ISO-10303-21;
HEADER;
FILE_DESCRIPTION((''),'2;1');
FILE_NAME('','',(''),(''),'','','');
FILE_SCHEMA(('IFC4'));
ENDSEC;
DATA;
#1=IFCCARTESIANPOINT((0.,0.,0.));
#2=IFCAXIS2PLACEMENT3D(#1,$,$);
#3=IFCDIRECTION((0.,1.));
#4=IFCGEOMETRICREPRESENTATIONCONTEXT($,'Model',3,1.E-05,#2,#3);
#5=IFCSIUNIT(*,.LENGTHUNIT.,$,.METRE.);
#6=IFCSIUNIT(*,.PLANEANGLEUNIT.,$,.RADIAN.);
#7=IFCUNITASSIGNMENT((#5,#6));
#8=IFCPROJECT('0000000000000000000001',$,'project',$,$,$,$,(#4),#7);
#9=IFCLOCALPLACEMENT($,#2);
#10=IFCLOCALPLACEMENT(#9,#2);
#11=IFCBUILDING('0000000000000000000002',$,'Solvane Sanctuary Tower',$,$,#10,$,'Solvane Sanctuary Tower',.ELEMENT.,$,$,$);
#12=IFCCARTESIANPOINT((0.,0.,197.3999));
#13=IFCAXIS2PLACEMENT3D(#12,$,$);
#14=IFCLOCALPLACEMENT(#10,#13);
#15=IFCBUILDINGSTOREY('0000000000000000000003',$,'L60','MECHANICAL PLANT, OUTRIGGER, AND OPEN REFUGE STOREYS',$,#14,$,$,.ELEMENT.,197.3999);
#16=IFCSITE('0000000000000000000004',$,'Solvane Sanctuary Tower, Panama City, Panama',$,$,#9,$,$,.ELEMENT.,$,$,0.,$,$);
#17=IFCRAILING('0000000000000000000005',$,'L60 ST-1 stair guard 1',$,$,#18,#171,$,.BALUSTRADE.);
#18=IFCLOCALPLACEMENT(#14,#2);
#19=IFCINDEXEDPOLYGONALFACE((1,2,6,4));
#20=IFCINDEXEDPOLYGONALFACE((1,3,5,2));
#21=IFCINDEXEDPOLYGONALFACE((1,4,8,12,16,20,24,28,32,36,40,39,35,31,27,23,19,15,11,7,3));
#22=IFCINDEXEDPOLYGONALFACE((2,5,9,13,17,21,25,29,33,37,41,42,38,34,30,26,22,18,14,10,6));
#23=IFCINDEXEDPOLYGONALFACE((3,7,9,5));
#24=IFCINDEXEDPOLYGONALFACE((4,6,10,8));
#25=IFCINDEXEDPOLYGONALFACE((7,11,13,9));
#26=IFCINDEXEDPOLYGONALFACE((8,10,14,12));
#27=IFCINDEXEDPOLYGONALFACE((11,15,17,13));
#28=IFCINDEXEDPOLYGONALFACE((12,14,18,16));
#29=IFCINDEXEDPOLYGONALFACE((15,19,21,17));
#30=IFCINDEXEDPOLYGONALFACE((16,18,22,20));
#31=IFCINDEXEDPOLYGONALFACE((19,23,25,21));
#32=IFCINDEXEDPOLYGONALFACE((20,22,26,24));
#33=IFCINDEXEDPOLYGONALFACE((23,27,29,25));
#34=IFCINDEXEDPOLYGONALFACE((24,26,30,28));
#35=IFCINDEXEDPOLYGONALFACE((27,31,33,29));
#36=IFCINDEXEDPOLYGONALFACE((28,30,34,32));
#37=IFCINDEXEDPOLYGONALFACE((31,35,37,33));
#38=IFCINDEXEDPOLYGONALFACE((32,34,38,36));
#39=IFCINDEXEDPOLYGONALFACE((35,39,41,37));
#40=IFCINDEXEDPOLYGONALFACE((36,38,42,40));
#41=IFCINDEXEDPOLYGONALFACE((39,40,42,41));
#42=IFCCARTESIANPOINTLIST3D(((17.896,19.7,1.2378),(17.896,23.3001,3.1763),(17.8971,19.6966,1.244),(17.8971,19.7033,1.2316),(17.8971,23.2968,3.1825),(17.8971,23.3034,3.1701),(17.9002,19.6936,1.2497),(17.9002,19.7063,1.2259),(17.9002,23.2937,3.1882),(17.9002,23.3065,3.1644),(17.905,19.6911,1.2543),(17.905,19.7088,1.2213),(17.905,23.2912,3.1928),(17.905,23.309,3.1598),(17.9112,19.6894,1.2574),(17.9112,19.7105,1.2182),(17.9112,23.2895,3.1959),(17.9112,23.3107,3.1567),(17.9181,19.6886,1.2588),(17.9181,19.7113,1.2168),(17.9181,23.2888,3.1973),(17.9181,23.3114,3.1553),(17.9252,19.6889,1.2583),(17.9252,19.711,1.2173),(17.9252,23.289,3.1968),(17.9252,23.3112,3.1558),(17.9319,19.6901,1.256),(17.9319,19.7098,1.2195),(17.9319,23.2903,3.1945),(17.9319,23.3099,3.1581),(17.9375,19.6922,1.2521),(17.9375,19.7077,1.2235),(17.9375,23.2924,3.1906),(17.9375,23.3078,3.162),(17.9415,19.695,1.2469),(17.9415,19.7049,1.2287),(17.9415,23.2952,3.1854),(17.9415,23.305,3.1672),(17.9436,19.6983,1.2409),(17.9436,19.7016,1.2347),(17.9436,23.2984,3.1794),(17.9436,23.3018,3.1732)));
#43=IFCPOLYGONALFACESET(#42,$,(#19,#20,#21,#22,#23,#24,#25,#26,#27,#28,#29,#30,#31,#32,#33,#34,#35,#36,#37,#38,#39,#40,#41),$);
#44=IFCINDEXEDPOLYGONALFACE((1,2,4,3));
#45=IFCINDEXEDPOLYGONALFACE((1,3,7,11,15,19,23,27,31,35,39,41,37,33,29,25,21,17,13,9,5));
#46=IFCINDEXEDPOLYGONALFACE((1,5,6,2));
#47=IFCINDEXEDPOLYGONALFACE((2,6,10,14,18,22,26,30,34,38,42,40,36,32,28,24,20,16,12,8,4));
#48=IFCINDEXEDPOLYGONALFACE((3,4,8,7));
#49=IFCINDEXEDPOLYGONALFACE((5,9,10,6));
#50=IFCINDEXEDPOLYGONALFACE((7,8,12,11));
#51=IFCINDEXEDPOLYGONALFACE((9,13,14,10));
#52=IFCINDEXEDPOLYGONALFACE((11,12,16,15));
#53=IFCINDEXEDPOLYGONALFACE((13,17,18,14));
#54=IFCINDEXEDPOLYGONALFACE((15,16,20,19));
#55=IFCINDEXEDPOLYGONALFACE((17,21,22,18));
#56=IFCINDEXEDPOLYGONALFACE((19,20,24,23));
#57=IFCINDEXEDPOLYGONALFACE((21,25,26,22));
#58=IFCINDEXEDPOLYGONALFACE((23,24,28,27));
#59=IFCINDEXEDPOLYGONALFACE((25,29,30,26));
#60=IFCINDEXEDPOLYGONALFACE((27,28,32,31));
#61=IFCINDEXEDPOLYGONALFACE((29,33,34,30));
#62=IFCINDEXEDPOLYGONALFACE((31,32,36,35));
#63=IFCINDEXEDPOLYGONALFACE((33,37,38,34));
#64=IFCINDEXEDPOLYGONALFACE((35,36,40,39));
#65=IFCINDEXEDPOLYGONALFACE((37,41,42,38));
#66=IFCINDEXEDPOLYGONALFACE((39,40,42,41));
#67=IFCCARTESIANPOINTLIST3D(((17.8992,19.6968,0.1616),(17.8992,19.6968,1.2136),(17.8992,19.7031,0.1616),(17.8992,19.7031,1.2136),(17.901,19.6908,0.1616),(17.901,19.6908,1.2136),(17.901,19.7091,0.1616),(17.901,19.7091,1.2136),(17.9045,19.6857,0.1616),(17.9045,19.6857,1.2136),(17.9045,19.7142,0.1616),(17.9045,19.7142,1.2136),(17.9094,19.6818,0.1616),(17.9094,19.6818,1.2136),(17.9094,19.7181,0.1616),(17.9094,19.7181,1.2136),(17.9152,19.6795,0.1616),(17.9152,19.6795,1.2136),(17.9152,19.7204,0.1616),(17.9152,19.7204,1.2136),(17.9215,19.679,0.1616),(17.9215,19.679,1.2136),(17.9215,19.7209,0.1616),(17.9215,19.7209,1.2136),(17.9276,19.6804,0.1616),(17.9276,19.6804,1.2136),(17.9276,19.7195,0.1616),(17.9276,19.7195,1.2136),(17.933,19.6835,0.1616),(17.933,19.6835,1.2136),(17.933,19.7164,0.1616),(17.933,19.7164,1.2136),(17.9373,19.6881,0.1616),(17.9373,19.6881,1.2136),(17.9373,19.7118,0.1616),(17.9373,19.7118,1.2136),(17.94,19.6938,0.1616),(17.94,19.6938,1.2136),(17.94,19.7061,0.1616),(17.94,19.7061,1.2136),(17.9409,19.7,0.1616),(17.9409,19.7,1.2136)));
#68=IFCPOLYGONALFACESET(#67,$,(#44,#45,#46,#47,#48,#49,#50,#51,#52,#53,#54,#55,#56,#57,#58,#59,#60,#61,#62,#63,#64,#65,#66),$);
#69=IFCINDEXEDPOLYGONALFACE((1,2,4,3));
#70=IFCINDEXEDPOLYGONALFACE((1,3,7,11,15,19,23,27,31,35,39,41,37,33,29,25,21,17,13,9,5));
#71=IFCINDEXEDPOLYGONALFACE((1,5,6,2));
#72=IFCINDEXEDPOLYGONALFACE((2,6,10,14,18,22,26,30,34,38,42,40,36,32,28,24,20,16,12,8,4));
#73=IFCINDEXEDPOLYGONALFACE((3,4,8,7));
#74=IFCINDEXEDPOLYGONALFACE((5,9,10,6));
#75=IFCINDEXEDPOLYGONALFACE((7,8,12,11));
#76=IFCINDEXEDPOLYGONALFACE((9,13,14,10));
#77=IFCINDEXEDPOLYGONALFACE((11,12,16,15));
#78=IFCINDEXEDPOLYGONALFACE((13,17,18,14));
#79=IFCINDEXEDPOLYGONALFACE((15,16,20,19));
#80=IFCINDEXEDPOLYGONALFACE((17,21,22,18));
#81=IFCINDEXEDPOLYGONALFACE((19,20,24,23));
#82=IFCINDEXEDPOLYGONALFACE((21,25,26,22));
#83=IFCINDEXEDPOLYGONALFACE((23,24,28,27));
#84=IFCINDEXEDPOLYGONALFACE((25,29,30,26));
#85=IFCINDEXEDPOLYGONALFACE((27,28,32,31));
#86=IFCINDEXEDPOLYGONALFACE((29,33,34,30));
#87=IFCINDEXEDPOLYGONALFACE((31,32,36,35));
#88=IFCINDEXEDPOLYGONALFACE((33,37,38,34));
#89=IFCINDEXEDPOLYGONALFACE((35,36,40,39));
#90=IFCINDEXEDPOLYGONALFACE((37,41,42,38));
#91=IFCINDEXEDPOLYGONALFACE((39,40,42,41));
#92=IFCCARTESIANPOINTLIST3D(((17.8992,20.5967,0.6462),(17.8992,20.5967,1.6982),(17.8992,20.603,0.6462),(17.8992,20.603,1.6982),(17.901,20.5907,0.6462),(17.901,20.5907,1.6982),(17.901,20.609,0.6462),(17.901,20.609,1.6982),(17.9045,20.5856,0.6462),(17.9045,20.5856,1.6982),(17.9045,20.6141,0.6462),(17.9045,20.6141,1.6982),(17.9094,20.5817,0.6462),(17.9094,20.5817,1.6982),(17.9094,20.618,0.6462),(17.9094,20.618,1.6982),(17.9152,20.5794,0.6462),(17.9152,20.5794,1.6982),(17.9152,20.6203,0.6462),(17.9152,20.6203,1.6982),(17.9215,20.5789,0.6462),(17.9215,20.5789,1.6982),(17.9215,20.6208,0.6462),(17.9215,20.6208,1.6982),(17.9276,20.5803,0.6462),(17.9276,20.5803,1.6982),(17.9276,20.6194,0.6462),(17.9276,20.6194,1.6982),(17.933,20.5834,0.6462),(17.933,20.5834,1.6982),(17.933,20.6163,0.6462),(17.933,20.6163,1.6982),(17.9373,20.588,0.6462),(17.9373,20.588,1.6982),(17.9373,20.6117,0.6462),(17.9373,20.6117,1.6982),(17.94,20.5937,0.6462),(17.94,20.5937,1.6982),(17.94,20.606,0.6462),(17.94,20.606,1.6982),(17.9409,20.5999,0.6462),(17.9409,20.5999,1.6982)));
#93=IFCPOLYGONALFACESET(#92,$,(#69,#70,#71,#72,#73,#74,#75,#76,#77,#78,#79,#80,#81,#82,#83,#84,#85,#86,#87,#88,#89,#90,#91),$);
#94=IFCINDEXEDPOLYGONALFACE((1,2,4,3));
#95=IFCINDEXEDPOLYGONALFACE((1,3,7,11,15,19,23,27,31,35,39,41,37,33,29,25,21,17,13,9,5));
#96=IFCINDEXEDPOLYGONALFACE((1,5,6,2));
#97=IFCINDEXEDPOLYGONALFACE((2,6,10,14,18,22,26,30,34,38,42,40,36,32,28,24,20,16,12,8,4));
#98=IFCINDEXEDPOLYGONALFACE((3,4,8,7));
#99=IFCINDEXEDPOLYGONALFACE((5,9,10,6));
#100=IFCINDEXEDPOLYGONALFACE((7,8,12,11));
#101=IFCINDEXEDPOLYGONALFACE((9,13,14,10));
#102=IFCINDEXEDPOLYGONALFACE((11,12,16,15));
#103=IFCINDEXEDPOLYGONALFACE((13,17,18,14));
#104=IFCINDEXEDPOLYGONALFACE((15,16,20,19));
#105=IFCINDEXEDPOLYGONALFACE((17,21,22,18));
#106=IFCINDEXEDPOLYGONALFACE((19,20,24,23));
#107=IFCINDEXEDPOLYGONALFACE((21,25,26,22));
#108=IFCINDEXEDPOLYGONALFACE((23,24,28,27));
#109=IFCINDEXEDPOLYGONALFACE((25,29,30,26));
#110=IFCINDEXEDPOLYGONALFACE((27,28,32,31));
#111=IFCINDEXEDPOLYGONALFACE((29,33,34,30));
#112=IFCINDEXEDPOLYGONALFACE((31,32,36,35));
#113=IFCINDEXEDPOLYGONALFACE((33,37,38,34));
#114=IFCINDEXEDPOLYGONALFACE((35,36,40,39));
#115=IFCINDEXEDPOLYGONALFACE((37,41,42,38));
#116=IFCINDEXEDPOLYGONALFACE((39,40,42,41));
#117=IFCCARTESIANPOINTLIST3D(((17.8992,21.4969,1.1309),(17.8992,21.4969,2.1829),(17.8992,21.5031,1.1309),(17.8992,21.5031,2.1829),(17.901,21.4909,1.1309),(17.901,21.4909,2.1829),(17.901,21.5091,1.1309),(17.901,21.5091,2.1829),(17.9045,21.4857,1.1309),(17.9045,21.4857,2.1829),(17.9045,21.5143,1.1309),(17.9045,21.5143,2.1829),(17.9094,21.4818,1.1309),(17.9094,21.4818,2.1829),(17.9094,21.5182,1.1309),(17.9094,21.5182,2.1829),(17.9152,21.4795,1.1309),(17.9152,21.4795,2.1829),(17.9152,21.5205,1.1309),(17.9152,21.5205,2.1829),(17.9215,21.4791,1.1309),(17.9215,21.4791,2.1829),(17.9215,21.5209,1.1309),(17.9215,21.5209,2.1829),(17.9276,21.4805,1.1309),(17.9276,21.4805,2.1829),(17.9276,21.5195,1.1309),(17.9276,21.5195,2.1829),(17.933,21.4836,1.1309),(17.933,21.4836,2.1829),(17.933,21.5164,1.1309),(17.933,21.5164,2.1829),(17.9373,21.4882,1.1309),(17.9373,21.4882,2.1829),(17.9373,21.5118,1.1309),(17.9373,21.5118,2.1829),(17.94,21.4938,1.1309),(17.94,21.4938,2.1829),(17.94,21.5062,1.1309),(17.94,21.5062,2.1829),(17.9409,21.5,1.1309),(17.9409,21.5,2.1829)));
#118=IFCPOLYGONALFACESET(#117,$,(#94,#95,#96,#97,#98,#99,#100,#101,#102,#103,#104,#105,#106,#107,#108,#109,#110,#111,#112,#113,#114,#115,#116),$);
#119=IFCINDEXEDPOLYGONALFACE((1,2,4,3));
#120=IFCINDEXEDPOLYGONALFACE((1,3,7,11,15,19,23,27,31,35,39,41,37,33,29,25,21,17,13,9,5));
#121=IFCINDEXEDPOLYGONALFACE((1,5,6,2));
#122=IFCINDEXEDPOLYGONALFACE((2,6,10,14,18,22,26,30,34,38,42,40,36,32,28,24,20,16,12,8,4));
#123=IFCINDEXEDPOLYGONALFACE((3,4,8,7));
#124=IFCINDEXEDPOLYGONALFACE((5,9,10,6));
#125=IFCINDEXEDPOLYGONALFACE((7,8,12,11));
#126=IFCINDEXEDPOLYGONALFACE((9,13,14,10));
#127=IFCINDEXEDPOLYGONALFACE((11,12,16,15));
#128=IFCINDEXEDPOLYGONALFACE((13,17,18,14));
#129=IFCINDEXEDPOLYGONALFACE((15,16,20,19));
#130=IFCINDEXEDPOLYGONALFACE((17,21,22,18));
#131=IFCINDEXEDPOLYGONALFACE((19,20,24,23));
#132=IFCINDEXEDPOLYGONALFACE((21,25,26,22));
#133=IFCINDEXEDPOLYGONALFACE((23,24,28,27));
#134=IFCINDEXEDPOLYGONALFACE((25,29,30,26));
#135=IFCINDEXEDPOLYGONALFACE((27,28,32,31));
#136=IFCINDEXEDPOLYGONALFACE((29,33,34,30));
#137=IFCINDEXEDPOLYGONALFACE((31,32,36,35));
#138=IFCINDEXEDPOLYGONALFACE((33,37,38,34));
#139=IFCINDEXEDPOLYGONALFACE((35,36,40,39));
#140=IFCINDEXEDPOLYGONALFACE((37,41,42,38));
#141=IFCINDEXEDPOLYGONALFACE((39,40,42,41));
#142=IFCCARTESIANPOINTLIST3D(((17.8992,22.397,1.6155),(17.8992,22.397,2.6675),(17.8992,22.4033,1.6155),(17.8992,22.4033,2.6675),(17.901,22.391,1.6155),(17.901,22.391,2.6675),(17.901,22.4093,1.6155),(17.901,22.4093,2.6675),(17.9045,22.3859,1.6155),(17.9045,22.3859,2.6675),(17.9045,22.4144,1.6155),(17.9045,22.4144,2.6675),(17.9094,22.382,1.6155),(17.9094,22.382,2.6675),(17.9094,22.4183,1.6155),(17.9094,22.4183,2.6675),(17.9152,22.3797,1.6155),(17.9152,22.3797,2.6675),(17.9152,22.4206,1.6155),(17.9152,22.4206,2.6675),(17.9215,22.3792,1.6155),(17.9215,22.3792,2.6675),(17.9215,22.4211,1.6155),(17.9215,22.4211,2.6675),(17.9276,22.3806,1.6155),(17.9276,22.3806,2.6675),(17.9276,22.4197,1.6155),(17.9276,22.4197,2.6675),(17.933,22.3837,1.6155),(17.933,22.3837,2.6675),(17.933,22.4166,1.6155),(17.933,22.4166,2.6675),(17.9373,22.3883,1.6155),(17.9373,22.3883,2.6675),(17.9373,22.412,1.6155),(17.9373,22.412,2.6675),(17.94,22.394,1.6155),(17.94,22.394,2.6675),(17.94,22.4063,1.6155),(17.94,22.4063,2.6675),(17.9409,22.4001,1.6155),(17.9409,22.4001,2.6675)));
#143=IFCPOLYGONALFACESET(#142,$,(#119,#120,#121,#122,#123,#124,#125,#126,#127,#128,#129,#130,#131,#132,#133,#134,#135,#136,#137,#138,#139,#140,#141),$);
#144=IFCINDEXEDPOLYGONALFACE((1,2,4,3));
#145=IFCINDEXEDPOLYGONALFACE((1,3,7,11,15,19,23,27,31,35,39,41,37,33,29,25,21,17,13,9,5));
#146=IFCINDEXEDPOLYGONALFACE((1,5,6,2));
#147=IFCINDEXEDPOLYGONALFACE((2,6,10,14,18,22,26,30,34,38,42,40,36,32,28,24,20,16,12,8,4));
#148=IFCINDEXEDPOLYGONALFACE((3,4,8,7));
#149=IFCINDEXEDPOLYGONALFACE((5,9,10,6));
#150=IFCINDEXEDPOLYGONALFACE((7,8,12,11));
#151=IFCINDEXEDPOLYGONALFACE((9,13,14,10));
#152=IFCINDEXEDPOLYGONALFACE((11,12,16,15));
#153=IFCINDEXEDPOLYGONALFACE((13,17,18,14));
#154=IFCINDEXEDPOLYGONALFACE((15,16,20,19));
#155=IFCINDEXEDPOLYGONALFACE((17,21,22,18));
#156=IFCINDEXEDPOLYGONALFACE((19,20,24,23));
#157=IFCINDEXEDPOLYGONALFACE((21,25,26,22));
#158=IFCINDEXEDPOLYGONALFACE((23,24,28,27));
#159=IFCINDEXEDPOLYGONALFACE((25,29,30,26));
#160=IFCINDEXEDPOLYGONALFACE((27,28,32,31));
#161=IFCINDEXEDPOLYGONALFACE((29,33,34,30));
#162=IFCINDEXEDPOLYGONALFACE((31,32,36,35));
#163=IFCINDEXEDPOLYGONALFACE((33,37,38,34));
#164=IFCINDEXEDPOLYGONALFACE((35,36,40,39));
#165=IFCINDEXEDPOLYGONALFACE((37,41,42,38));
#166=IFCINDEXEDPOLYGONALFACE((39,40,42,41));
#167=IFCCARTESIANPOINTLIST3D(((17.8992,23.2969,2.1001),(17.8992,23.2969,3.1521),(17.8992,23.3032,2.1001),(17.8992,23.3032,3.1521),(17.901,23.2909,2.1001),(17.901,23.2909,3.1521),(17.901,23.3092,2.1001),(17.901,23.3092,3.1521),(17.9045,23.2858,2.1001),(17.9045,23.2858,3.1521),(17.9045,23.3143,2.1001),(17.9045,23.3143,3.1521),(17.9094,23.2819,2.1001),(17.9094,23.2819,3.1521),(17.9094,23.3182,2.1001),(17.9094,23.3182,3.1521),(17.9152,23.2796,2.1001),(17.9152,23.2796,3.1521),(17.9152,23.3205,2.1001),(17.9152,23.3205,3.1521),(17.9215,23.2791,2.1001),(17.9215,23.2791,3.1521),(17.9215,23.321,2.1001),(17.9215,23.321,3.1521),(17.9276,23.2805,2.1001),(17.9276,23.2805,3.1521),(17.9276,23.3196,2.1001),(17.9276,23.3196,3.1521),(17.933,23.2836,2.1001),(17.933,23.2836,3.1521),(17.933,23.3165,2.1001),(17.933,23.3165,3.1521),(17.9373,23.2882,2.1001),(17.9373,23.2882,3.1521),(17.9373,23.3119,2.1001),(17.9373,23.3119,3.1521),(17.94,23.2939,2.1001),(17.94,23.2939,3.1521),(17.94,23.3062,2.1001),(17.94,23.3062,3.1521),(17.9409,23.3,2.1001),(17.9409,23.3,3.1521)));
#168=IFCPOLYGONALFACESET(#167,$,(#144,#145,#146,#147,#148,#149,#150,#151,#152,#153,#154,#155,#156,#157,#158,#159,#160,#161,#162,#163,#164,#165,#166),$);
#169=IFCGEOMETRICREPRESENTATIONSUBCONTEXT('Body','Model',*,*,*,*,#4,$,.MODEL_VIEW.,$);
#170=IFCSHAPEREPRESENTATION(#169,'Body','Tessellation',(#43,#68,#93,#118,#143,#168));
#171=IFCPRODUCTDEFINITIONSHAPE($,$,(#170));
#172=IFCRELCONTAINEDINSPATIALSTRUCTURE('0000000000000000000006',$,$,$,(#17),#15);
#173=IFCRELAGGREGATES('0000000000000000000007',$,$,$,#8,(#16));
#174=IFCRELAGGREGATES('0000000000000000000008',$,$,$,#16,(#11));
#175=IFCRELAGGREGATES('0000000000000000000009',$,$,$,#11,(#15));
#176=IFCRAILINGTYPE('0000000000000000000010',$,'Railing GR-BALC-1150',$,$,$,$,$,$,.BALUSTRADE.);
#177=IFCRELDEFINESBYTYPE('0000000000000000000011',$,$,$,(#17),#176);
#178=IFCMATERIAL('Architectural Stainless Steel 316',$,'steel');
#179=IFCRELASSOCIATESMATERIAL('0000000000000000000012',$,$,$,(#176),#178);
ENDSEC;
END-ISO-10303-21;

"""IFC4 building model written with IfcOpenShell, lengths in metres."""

from ifc_helpers import new_model, si_unit, direction, frame, origin, origin_2d, place, context, subcontext, project, spatial, circle, extrude, material, type_object, element, save


model = new_model("IFC4")

# Units and contexts
model_context = context("Model", 3, precision=1e-05, world=origin(), true_north=direction((0.0, 1.0)))
body_context = subcontext(model_context, "Body", "Model", "MODEL_VIEW")
ifc_project = project(units=[si_unit("LENGTHUNIT", "METRE"), si_unit("PLANEANGLEUNIT", "RADIAN")], contexts=[model_context])

# Site, building, storey
site_placement = place(None, origin())
site = spatial("IfcSite", under=ifc_project, at=site_placement, Name="Solvane Sanctuary Tower, Panama City, Panama", CompositionType="ELEMENT", RefElevation=0.0)
building_placement = place(site_placement, origin())
building = spatial("IfcBuilding", under=site, at=building_placement, Name="Solvane Sanctuary Tower", LongName="Solvane Sanctuary Tower", CompositionType="ELEMENT")
storey_placement = place(building_placement, frame((0.0, 0.0, 197.3999)))
storey = spatial("IfcBuildingStorey", under=building, at=storey_placement, Name="L60", Description="MECHANICAL PLANT, OUTRIGGER, AND OPEN REFUGE STOREYS", CompositionType="ELEMENT", Elevation=197.3999)

# Shared definitions
ifc_material_1 = material(Name="Architectural Stainless Steel 316", Category="steel")

# Railing
railing_type_1 = type_object("IfcRailingType", Name="Railing GR-BALC-1150", PredefinedType="BALUSTRADE", material=ifc_material_1)
railing_1_placement = place(storey_placement, frame((17.9199, 19.7, 0.1616)))
element("IfcRailing", 1, at=railing_1_placement, inside=storey, type_object=railing_type_1, Name="L60 ST-1 stair guard 1", PredefinedType="BALUSTRADE", context=body_context, shape_type="SweptSolid", body=[
    extrude(circle(Radius=0.0239, at=origin_2d()), frame((0.0, 0.0, 1.0762), z_axis=(0.0, 0.880475, 0.474093), x_axis=(-1.0, 0.0, 0.0)), (0.0, 0.0, 1.0), 4.0889),
    extrude(circle(Radius=0.021, at=origin_2d()), origin(), (0.0, 0.0, 1.0), 1.052),
    extrude(circle(Radius=0.021, at=origin_2d()), frame((0.0, 0.8999, 0.4846)), (0.0, 0.0, 1.0), 1.052),
    extrude(circle(Radius=0.021, at=origin_2d()), frame((0.0, 1.8, 0.9692)), (0.0, 0.0, 1.0), 1.052),
    extrude(circle(Radius=0.021, at=origin_2d()), frame((0.0, 2.7002, 1.4539)), (0.0, 0.0, 1.0), 1.052),
    extrude(circle(Radius=0.021, at=origin_2d()), frame((0.0, 3.6001, 1.9385)), (0.0, 0.0, 1.0), 1.052),
])

save(model, "model.ifc")
